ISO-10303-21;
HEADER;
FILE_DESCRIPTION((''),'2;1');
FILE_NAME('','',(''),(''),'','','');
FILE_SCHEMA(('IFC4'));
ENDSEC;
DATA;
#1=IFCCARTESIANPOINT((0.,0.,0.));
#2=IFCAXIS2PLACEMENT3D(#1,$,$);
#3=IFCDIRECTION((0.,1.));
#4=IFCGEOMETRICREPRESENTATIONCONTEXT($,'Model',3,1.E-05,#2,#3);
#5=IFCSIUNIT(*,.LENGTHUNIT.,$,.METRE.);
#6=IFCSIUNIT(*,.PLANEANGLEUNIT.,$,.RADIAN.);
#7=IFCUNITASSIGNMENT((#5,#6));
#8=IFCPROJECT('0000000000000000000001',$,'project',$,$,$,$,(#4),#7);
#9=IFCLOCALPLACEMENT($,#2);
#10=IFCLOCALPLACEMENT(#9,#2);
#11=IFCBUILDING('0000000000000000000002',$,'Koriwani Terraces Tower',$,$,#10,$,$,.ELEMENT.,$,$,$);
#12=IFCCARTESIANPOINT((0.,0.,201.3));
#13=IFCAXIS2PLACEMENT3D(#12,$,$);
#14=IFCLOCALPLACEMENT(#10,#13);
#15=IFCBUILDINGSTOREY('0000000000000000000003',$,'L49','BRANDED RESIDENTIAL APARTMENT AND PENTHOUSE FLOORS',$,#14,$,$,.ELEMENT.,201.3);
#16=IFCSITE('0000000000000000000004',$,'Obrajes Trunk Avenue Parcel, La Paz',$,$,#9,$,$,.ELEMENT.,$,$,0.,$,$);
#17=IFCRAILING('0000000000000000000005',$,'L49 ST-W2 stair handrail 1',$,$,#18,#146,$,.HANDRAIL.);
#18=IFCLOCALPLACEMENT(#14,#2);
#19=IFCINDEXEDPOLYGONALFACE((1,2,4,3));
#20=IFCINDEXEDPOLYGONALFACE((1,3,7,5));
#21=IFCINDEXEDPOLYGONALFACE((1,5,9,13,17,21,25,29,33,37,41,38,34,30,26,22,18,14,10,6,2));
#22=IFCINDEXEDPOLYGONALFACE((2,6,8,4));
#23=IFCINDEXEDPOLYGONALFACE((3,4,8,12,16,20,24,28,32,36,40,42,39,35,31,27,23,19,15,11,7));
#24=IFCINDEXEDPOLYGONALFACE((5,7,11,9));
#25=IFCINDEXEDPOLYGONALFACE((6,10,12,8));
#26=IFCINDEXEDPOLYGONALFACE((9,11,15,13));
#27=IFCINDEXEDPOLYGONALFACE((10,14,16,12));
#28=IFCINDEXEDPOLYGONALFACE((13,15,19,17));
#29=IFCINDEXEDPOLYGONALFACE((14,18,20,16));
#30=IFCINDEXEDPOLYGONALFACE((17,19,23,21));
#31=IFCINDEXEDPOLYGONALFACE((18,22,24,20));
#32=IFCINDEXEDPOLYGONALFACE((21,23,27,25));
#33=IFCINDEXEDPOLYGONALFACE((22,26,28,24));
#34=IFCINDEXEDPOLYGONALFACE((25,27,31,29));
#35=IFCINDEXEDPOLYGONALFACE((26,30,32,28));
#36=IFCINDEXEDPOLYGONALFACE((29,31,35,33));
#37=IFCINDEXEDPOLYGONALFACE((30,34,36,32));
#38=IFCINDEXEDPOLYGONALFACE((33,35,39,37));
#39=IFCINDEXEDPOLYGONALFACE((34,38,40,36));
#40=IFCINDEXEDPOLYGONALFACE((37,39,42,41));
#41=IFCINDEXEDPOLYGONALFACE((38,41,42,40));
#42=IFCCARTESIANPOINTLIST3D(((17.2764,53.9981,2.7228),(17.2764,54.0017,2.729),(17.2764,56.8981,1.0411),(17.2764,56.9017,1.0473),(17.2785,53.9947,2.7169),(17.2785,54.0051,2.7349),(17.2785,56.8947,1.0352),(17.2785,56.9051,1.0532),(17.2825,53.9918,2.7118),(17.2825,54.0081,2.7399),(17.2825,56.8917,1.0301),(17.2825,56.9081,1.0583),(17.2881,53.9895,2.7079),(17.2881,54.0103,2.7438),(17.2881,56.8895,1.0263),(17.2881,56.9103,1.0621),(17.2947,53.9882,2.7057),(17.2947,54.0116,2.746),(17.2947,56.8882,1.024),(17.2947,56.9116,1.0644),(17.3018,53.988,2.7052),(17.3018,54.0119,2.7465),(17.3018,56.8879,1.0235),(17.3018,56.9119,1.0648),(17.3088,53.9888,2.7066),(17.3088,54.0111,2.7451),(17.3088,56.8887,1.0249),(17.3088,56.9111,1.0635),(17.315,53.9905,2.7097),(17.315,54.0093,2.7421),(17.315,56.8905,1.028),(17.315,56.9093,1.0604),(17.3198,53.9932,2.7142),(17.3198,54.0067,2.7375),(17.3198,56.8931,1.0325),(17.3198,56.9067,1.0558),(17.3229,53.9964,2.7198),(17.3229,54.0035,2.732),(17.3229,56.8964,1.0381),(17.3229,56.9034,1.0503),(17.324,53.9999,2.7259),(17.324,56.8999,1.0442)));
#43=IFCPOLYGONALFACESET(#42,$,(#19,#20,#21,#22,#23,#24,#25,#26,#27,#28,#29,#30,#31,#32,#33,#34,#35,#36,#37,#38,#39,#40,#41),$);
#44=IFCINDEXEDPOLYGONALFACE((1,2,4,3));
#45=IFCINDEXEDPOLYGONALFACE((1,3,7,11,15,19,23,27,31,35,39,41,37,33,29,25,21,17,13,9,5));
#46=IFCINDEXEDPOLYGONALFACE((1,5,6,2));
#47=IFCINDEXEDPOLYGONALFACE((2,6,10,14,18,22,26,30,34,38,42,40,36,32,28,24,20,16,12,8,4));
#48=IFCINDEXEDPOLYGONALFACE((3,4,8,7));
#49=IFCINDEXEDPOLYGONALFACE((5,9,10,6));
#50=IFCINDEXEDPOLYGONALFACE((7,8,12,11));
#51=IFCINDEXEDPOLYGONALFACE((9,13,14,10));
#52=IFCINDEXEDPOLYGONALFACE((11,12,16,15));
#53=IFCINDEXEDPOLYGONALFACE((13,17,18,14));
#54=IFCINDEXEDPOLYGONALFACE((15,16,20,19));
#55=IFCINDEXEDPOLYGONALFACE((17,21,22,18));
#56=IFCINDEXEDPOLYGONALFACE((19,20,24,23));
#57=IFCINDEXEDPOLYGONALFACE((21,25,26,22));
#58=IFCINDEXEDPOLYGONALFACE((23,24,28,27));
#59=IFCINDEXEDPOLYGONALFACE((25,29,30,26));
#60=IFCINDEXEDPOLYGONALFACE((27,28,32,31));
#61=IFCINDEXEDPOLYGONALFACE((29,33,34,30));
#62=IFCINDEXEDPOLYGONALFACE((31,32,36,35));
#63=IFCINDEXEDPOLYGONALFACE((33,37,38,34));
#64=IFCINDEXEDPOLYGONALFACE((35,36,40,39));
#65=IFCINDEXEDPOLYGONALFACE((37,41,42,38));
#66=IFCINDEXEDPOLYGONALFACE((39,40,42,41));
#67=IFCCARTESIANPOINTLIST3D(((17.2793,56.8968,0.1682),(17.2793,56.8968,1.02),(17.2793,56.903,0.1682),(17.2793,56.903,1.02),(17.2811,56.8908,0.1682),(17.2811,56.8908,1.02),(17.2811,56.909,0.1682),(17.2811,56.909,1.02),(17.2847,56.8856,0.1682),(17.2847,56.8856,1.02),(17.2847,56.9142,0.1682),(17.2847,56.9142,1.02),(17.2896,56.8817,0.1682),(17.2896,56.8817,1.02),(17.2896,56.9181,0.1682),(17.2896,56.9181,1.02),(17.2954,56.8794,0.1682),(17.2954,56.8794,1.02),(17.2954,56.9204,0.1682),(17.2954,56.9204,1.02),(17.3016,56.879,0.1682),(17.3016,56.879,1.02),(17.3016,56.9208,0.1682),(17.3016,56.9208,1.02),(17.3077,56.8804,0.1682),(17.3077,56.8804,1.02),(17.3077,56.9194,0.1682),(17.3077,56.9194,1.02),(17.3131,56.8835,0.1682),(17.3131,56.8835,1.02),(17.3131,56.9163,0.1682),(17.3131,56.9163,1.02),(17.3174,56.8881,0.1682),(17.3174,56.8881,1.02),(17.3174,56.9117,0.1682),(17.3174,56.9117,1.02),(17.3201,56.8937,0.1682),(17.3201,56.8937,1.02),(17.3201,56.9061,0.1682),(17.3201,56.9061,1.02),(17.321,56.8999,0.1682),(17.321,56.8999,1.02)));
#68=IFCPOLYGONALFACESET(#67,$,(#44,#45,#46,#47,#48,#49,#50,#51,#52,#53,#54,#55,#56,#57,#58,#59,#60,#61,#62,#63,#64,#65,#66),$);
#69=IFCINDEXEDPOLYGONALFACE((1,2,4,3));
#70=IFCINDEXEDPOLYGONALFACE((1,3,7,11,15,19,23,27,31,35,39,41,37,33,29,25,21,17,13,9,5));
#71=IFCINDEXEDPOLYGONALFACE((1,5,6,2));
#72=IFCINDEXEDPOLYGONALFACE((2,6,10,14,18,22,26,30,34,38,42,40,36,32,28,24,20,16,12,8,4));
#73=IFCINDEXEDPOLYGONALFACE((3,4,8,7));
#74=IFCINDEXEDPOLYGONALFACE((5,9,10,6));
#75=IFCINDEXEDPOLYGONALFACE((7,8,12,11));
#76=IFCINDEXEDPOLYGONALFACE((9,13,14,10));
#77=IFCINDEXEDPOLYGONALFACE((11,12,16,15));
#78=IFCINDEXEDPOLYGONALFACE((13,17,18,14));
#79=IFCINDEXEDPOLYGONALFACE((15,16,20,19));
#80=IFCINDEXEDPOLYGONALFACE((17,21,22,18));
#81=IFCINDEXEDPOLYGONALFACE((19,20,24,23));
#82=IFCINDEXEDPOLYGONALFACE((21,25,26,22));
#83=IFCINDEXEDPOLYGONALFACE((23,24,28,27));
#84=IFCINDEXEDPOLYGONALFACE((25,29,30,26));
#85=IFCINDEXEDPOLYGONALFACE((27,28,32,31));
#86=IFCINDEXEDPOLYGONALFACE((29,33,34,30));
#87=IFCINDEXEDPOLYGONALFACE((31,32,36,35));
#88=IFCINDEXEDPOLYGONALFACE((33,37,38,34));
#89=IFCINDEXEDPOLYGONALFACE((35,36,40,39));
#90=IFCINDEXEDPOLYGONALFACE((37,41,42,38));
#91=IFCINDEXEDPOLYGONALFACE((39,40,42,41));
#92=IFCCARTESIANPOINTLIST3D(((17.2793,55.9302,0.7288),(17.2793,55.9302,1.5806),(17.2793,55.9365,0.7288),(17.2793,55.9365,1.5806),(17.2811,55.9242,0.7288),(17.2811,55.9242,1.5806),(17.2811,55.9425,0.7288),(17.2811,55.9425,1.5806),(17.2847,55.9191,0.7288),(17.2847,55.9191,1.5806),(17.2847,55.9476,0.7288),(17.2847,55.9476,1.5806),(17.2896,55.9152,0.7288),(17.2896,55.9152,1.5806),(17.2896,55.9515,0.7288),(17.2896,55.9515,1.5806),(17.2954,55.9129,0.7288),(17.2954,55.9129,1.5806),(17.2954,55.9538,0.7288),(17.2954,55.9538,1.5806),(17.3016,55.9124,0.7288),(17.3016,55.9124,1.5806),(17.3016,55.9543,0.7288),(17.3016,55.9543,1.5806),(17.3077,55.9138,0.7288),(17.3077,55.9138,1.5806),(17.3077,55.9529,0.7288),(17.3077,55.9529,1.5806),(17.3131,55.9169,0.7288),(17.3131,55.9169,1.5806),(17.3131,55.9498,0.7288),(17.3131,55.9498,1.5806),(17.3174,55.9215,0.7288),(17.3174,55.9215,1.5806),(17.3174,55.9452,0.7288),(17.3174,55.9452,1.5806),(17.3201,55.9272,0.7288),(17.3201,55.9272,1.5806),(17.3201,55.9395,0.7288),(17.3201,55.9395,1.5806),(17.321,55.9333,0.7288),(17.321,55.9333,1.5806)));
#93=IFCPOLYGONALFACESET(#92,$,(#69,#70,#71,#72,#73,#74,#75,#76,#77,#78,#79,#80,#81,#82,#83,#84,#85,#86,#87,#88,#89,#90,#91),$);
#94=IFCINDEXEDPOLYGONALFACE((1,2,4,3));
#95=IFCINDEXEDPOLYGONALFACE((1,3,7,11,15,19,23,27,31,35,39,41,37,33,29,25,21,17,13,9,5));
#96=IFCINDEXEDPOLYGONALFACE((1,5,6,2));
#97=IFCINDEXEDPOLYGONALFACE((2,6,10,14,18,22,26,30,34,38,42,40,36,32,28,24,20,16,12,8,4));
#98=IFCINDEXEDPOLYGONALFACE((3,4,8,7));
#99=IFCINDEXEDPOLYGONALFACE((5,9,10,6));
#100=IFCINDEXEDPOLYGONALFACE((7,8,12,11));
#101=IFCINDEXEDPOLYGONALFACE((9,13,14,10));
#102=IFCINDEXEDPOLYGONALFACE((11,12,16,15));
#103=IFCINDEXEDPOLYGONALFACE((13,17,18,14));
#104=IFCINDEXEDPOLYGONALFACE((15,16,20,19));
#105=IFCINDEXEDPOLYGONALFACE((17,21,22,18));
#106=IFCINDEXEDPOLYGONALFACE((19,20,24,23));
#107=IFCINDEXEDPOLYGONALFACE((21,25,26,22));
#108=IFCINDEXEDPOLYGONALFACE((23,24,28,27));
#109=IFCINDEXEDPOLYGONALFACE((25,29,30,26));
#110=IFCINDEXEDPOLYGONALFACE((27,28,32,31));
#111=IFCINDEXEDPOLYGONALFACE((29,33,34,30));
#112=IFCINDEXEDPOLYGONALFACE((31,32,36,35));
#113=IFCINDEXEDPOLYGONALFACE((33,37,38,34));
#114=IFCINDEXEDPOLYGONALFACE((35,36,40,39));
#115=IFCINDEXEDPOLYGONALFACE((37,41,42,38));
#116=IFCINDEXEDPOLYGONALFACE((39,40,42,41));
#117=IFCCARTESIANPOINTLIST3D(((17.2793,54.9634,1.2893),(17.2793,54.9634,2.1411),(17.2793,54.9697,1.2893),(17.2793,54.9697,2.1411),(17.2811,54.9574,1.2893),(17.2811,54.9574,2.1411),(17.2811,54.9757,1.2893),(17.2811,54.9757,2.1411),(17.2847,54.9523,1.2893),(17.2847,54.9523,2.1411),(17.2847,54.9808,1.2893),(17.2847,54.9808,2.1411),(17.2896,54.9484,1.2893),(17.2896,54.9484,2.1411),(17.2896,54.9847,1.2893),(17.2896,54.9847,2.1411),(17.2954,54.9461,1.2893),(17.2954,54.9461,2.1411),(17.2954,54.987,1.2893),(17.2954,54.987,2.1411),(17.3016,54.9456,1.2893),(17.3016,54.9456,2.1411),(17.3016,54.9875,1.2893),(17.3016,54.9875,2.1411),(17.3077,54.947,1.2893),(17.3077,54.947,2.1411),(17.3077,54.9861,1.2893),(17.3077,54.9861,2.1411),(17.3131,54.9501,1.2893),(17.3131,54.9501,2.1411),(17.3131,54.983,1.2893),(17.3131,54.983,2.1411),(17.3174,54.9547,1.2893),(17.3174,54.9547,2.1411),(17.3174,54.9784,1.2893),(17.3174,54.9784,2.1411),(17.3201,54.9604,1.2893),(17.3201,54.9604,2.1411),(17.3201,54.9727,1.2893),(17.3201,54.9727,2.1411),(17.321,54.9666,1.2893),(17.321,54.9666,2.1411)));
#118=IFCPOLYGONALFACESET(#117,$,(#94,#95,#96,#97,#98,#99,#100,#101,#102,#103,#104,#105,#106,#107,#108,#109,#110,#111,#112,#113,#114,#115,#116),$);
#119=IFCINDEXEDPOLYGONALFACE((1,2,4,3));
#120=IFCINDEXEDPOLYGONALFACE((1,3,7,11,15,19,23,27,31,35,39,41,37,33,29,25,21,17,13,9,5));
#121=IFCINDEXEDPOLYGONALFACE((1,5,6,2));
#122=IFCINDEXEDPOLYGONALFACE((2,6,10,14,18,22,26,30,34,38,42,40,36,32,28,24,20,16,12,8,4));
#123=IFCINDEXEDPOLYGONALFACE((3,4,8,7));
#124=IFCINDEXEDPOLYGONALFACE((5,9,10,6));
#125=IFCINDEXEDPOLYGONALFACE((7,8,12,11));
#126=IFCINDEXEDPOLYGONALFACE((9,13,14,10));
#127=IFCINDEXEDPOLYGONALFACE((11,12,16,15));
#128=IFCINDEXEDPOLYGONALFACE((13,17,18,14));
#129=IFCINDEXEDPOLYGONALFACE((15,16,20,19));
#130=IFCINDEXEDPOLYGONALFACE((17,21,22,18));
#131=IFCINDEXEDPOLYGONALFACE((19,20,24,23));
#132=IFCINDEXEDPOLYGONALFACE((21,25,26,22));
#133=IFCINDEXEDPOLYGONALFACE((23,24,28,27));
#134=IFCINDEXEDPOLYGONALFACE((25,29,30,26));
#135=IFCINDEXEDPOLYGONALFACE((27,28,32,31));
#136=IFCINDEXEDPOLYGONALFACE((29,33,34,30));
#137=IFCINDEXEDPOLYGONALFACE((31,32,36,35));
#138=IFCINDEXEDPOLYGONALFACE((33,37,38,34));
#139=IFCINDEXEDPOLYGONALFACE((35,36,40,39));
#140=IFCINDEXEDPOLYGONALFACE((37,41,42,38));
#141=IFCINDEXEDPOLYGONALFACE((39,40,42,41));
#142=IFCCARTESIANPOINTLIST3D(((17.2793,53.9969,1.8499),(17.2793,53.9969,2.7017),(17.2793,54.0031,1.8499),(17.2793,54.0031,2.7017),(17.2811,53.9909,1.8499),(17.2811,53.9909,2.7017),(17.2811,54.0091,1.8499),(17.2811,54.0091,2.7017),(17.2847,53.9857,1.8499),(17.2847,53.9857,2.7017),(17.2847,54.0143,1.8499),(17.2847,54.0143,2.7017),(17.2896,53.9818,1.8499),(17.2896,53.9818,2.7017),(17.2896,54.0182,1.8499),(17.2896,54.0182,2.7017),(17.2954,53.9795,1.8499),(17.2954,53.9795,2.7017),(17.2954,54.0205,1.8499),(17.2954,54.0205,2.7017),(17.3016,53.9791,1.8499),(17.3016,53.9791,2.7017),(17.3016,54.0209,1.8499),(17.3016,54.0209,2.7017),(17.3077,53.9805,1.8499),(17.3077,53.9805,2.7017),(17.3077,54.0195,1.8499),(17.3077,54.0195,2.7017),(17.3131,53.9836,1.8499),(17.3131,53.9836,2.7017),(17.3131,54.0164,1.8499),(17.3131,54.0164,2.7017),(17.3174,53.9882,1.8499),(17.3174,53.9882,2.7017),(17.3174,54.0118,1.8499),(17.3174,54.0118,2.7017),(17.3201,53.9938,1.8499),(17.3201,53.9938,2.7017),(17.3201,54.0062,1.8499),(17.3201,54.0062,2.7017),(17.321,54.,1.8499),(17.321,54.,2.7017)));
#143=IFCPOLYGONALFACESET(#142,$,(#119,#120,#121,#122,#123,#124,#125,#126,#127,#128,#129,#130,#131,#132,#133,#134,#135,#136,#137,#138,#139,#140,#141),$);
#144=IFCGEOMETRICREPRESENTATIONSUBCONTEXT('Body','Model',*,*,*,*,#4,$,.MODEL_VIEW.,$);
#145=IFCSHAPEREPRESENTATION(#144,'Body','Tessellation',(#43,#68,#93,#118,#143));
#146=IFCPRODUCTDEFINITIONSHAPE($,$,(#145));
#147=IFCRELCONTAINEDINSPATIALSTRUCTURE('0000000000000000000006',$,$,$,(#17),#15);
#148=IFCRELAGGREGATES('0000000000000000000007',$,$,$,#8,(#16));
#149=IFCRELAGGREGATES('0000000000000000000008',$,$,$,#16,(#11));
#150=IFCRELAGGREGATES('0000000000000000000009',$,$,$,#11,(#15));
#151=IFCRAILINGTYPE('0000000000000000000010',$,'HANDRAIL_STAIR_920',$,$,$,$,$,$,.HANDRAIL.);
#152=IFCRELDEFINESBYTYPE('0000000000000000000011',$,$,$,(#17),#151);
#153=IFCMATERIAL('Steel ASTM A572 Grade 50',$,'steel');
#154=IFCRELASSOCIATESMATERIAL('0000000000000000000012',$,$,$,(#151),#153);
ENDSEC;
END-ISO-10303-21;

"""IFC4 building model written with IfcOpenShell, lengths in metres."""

from ifc_helpers import new_model, si_unit, direction, frame, origin, origin_2d, place, context, subcontext, project, spatial, circle, extrude, material, type_object, element, save


model = new_model("IFC4")

# Units and contexts
model_context = context("Model", 3, precision=1e-05, world=origin(), true_north=direction((0.0, 1.0)))
body_context = subcontext(model_context, "Body", "Model", "MODEL_VIEW")
ifc_project = project(units=[si_unit("LENGTHUNIT", "METRE"), si_unit("PLANEANGLEUNIT", "RADIAN")], contexts=[model_context])

# Site, building, storey
site_placement = place(None, origin())
site = spatial("IfcSite", under=ifc_project, at=site_placement, Name="Obrajes Trunk Avenue Parcel, La Paz", CompositionType="ELEMENT", RefElevation=0.0)
building_placement = place(site_placement, origin())
building = spatial("IfcBuilding", under=site, at=building_placement, Name="Koriwani Terraces Tower", CompositionType="ELEMENT")
storey_placement = place(building_placement, frame((0.0, 0.0, 201.3)))
storey = spatial("IfcBuildingStorey", under=building, at=storey_placement, Name="L49", Description="BRANDED RESIDENTIAL APARTMENT AND PENTHOUSE FLOORS", CompositionType="ELEMENT", Elevation=201.3)

# Shared definitions
ifc_material_1 = material(Name="Steel ASTM A572 Grade 50", Category="steel")

# Railing
railing_type_1 = type_object("IfcRailingType", Name="HANDRAIL_STAIR_920", PredefinedType="HANDRAIL", material=ifc_material_1)
railing_1_placement = place(storey_placement, frame((17.3, 56.8999, 0.1682)))
element("IfcRailing", 1, at=railing_1_placement, inside=storey, type_object=railing_type_1, Name="L49 ST-W2 stair handrail 1", PredefinedType="HANDRAIL", context=body_context, shape_type="SweptSolid", body=[
    extrude(circle(Radius=0.0239, at=origin_2d()), frame((0.0, 0.0, 0.876), z_axis=(0.0, -0.86507, 0.501651), x_axis=(1.0, 0.0, 0.0)), (0.0, 0.0, 1.0), 3.3523),
    extrude(circle(Radius=0.021, at=origin_2d()), origin(), (0.0, 0.0, 1.0), 0.8518),
    extrude(circle(Radius=0.021, at=origin_2d()), frame((0.0, -0.9666, 0.5605)), (0.0, 0.0, 1.0), 0.8518),
    extrude(circle(Radius=0.021, at=origin_2d()), frame((0.0, -1.9333, 1.1211)), (0.0, 0.0, 1.0), 0.8518),
    extrude(circle(Radius=0.021, at=origin_2d()), frame((0.0, -2.8999, 1.6816)), (0.0, 0.0, 1.0), 0.8518),
])

save(model, "model.ifc")
